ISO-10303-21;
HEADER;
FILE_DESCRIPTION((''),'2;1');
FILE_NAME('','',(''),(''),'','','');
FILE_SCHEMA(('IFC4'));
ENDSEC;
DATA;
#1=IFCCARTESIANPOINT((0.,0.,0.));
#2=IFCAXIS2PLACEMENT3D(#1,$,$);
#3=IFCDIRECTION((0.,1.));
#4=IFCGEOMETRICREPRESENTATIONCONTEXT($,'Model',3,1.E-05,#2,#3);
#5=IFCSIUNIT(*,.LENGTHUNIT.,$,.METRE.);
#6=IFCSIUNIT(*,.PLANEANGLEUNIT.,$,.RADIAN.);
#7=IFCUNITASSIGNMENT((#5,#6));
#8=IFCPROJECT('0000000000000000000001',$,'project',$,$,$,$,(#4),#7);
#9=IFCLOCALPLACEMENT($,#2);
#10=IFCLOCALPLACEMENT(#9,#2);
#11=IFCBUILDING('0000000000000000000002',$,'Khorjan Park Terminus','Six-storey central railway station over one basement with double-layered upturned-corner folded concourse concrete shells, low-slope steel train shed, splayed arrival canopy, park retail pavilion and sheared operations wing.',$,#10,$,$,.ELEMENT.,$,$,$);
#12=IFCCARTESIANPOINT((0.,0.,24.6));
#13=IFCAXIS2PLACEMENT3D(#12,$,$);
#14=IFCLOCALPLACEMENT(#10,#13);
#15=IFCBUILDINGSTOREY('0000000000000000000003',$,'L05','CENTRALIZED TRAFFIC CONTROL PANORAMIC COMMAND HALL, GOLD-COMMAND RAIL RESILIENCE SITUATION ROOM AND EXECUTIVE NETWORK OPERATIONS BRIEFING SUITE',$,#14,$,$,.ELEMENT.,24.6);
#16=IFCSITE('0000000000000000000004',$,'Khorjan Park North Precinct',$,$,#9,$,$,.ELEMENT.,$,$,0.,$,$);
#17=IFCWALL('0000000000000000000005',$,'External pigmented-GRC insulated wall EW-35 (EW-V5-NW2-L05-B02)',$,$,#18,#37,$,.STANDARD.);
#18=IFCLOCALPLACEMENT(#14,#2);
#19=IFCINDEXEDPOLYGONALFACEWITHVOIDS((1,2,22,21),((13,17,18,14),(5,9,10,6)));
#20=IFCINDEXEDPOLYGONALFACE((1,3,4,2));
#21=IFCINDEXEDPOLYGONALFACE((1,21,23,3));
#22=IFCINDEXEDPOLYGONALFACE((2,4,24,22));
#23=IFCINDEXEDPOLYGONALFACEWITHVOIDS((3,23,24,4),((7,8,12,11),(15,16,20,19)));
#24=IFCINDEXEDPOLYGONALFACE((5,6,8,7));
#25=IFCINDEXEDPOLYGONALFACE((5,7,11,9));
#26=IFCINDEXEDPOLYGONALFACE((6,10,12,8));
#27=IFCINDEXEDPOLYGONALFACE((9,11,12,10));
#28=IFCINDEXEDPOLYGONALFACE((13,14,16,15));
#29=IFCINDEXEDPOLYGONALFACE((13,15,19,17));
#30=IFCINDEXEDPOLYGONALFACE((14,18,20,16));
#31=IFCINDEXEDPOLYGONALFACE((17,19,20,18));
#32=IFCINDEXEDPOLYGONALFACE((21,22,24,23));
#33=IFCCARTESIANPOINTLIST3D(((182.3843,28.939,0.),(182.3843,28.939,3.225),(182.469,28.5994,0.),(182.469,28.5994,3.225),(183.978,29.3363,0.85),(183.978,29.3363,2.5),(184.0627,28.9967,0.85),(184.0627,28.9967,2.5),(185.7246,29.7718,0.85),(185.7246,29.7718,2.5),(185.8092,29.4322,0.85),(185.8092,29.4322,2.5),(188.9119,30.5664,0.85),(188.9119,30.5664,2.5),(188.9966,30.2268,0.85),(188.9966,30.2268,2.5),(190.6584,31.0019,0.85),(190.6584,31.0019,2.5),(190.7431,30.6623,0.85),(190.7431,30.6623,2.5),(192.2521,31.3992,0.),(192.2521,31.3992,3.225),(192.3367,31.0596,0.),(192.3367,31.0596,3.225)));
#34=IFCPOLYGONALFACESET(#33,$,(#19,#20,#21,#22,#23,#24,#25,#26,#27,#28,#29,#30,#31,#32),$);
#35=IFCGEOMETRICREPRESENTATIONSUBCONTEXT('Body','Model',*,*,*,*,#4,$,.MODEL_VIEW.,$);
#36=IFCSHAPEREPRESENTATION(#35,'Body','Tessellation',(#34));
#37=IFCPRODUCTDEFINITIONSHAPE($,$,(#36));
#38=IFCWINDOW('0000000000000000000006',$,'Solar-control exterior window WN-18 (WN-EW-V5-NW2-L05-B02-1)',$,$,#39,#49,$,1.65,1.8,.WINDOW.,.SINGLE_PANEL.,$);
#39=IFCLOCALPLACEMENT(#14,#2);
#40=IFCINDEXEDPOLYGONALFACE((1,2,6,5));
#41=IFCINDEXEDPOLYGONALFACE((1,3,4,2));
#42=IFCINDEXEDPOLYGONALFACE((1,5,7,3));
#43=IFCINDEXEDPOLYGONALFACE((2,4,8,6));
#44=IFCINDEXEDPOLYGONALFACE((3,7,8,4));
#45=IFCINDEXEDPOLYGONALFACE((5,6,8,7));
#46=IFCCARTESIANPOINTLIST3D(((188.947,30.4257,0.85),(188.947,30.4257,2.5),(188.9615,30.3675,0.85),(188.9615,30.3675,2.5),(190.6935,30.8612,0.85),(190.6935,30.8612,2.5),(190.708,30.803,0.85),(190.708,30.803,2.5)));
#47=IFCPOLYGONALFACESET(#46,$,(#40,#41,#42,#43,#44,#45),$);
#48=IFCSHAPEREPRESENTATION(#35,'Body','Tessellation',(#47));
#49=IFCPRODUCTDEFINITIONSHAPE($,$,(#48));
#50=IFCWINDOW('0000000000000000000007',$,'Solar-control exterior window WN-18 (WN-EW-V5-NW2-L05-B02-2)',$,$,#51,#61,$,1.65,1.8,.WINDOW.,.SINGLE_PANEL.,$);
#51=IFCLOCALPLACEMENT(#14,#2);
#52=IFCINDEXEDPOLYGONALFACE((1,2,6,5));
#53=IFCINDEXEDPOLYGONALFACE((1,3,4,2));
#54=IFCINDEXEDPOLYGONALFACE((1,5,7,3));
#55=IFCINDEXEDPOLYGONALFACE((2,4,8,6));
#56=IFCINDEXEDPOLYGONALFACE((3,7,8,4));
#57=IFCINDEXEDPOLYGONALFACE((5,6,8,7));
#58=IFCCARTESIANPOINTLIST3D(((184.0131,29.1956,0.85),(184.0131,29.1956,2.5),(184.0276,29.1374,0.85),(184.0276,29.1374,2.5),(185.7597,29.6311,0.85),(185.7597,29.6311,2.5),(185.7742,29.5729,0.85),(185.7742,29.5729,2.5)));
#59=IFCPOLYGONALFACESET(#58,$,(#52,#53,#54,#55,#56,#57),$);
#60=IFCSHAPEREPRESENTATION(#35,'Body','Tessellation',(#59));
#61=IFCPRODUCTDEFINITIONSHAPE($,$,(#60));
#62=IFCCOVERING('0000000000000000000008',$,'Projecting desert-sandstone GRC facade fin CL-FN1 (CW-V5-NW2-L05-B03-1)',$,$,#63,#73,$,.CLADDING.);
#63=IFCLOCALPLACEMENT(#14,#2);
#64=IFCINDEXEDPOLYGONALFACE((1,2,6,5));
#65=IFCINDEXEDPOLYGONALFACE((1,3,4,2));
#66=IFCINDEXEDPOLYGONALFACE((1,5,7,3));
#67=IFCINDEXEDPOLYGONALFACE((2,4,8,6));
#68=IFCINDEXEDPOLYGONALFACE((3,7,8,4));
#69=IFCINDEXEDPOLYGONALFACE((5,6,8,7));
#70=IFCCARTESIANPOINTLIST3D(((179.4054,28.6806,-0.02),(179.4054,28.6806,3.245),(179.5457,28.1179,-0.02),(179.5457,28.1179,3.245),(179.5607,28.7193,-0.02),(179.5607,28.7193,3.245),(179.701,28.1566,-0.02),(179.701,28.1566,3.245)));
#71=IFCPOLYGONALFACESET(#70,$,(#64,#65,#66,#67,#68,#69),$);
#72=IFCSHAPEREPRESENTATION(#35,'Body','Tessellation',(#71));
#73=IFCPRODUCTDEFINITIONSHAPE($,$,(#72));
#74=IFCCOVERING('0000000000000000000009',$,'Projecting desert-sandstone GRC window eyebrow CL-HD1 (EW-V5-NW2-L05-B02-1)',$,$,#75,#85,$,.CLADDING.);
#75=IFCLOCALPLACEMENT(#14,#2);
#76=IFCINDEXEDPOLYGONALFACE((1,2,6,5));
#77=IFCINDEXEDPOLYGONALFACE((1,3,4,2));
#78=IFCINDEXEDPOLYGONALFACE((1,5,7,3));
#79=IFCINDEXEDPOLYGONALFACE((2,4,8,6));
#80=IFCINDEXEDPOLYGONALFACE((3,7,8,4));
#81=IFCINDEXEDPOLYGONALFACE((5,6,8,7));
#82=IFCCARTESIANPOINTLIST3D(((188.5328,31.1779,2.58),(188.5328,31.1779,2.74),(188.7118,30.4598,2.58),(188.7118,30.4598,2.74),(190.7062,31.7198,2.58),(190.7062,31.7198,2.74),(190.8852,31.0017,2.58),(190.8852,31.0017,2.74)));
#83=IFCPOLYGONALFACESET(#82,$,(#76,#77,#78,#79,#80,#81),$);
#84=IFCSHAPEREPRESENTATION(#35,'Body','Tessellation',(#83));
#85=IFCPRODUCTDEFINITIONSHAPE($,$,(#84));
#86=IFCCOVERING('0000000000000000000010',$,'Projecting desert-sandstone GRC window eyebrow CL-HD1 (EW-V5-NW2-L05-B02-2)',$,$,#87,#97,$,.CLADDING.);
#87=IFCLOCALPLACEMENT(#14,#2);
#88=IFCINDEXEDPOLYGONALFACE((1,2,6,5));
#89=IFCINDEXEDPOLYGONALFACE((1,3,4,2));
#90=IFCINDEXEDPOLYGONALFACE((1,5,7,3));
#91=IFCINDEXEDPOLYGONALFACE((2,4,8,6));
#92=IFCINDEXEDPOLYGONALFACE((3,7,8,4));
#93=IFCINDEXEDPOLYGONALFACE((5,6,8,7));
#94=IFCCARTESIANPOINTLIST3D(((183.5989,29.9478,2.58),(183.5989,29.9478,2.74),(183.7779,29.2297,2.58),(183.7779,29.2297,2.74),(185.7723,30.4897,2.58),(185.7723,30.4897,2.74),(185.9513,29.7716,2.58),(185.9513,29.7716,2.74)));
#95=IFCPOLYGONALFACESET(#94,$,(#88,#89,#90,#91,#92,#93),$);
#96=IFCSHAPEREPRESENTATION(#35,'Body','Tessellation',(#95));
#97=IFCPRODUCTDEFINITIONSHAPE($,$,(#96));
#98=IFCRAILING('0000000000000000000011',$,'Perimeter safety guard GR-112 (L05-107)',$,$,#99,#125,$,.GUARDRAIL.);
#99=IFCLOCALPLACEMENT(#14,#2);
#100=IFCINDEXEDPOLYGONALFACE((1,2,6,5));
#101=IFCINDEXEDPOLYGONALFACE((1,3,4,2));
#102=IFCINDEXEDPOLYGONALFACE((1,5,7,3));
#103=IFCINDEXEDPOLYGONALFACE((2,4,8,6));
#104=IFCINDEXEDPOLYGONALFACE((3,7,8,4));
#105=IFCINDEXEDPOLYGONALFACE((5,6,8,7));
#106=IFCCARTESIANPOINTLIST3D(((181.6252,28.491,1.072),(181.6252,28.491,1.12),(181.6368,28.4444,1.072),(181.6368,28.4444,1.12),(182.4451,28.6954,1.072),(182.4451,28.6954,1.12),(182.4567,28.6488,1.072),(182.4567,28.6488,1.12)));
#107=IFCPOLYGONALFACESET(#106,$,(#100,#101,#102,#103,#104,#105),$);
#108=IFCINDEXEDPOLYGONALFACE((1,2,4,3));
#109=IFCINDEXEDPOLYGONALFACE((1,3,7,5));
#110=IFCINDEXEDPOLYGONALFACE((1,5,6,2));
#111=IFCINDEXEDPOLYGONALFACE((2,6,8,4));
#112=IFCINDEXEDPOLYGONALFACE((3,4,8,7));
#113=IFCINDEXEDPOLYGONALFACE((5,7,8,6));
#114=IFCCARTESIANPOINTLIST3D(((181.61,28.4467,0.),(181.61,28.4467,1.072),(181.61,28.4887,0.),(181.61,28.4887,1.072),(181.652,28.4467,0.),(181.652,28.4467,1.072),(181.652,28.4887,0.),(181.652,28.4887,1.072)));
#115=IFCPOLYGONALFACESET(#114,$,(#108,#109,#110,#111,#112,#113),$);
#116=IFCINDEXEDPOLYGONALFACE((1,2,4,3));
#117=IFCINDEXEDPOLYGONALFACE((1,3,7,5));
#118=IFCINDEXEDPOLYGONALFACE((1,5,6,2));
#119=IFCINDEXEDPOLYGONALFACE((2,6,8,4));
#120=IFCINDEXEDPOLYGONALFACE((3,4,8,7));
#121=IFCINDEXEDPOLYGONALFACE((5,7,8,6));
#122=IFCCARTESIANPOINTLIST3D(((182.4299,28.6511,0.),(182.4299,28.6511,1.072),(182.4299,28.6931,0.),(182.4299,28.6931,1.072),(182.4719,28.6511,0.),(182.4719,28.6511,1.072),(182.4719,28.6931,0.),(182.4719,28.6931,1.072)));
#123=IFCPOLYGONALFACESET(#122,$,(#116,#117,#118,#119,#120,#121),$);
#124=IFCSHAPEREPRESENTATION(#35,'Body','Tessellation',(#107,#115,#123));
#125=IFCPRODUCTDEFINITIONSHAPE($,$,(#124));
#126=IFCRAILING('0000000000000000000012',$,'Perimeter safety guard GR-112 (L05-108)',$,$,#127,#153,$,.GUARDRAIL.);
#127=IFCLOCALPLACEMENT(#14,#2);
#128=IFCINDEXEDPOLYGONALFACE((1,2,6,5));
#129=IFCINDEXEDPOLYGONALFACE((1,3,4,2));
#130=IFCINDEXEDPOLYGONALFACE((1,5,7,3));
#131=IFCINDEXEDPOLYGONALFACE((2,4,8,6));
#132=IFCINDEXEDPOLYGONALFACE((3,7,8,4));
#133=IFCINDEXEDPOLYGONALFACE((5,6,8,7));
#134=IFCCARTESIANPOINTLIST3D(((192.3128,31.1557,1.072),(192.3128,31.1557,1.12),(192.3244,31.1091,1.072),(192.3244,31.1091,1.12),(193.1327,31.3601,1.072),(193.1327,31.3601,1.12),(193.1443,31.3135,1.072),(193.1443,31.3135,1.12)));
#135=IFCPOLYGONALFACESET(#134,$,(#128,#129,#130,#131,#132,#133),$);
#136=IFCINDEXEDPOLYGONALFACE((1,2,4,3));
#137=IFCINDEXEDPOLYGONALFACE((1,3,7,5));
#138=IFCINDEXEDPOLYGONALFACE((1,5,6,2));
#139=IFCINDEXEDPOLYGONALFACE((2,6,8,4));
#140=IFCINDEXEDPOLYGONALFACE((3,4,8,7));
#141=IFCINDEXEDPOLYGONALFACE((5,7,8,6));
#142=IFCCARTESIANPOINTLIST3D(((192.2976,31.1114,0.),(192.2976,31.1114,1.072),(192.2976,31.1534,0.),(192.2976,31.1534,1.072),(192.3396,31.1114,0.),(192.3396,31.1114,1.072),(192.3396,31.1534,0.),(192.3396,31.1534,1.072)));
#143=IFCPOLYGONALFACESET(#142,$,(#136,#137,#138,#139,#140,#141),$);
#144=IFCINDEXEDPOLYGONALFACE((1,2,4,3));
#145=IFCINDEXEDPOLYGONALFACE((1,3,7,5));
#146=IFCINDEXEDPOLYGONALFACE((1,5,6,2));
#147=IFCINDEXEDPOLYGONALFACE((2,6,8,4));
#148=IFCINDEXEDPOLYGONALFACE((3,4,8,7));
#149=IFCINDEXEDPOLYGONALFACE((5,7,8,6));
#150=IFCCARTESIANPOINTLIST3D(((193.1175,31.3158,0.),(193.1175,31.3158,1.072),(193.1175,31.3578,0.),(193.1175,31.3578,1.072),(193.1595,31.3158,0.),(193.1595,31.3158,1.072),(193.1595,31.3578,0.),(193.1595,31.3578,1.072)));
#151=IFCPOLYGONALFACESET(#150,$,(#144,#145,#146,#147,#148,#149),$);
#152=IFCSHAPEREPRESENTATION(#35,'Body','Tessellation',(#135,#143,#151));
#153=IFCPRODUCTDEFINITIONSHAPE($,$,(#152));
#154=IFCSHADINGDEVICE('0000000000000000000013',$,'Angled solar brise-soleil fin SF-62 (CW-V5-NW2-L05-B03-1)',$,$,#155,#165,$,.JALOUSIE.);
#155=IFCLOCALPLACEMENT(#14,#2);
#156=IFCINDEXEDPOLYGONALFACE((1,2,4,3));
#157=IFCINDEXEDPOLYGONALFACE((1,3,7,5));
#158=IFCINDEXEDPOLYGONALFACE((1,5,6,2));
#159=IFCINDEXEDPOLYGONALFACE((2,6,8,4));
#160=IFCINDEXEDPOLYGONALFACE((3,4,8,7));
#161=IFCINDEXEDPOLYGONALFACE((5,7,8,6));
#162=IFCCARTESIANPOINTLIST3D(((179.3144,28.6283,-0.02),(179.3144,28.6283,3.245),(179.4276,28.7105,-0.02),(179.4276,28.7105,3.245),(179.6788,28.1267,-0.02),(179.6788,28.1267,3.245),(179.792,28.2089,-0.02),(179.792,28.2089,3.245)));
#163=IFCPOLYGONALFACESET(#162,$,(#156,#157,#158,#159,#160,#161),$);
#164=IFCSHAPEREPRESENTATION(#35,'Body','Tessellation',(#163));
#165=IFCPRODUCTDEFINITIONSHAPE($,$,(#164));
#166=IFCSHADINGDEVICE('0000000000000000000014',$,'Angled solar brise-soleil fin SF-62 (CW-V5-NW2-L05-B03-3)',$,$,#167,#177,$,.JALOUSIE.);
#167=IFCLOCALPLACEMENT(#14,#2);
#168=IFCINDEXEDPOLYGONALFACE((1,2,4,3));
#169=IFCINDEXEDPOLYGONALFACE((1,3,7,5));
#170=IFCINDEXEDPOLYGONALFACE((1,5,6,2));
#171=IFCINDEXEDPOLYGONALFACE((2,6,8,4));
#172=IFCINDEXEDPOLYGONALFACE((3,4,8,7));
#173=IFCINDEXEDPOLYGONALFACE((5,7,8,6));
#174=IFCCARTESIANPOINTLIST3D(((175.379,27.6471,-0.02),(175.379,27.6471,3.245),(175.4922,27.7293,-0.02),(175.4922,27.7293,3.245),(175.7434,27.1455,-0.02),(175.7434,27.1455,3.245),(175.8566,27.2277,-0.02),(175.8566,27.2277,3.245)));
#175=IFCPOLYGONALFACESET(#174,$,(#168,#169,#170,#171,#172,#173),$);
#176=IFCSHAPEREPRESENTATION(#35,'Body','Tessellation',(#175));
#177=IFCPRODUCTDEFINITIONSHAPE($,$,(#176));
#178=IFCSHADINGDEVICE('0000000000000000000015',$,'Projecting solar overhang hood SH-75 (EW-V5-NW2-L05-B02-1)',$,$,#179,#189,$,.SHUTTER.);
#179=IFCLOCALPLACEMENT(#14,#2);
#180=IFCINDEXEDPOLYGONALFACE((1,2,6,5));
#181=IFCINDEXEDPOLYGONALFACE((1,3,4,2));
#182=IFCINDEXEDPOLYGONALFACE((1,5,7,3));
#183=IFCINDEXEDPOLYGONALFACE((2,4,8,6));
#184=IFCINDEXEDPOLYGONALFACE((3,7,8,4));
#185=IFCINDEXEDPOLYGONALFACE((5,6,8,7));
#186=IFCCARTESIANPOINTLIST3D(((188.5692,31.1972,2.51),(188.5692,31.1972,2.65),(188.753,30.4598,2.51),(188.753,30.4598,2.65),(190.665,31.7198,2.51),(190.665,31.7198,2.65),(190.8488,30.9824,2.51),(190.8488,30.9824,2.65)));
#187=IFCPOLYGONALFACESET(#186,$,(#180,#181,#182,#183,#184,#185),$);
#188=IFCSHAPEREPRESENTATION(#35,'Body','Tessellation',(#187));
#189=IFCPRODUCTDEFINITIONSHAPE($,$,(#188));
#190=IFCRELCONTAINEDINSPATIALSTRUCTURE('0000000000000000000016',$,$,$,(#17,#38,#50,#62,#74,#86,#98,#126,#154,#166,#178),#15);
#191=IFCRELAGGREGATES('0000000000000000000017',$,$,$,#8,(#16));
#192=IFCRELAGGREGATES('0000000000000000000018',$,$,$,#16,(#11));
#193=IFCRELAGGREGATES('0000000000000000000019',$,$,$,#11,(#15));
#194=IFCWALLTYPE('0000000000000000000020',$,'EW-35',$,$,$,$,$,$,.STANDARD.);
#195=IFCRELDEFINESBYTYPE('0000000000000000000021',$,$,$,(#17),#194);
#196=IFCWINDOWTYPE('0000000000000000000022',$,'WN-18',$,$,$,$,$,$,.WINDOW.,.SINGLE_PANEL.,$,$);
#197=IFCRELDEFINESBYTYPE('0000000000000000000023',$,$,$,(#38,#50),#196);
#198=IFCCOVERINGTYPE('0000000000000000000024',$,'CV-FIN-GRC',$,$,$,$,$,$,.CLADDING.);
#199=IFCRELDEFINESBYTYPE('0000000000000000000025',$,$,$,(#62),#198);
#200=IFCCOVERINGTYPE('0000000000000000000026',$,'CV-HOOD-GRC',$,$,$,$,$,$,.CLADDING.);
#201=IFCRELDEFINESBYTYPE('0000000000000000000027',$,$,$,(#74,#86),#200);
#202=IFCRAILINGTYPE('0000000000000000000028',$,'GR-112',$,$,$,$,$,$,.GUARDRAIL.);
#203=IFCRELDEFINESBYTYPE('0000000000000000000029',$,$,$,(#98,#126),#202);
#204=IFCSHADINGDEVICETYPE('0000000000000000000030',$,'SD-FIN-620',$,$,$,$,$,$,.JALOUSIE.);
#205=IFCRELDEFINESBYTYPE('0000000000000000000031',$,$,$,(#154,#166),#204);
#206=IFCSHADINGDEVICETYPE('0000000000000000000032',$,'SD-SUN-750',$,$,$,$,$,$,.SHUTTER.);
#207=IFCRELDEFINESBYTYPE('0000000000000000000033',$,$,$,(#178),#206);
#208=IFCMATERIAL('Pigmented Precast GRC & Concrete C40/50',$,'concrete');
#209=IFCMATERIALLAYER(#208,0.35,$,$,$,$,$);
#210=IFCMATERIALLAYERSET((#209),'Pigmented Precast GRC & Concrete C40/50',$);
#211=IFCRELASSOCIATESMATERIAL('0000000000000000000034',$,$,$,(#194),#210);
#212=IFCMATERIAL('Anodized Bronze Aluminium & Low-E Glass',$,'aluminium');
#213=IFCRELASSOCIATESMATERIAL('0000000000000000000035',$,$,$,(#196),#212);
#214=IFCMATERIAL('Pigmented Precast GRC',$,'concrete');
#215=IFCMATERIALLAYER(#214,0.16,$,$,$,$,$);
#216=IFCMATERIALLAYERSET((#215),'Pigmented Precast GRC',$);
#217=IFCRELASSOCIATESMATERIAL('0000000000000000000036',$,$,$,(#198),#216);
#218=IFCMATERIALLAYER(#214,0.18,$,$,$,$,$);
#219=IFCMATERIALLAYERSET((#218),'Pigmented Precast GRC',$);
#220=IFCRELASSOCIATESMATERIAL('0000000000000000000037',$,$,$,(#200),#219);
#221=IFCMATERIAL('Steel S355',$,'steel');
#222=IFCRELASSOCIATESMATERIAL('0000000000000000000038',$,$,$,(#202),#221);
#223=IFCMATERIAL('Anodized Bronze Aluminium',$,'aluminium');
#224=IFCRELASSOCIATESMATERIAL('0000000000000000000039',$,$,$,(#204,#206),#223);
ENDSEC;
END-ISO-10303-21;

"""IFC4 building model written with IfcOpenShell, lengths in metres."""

from ifc_helpers import new_model, si_unit, direction, frame, frame_2d, origin, origin_2d, place, context, subcontext, project, spatial, rectangle, extrude, material, layer, layer_set, type_object, element, fill, save


model = new_model("IFC4")

# Units and contexts
model_context = context("Model", 3, precision=1e-05, world=origin(), true_north=direction((0.0, 1.0)))
body_context = subcontext(model_context, "Body", "Model", "MODEL_VIEW")
ifc_project = project(units=[si_unit("LENGTHUNIT", "METRE"), si_unit("PLANEANGLEUNIT", "RADIAN")], contexts=[model_context])

# Site, building, storey
site_placement = place(None, origin())
site = spatial("IfcSite", under=ifc_project, at=site_placement, Name="Khorjan Park North Precinct", CompositionType="ELEMENT", RefElevation=0.0)
building_placement = place(site_placement, origin())
building = spatial("IfcBuilding", under=site, at=building_placement, Name="Khorjan Park Terminus", Description="Six-storey central railway station over one basement with double-layered upturned-corner folded concourse concrete shells, low-slope steel train shed, splayed arrival canopy, park retail pavilion and sheared operations wing.", CompositionType="ELEMENT")
storey_placement = place(building_placement, frame((0.0, 0.0, 24.6)))
storey = spatial("IfcBuildingStorey", under=building, at=storey_placement, Name="L05", Description="CENTRALIZED TRAFFIC CONTROL PANORAMIC COMMAND HALL, GOLD-COMMAND RAIL RESILIENCE SITUATION ROOM AND EXECUTIVE NETWORK OPERATIONS BRIEFING SUITE", CompositionType="ELEMENT", Elevation=24.6)

# Shared definitions
ifc_material_1 = material(Name="Steel S355", Category="steel")

# Shared definitions
ifc_material_2 = material(Name="Anodized Bronze Aluminium", Category="aluminium")

# Wall, openings, windows
ifc_material_3 = material(Name="Pigmented Precast GRC & Concrete C40/50", Category="concrete")
ifc_layer_1 = layer(ifc_material_3, 0.35)
ifc_layer_set_1 = layer_set([ifc_layer_1], Name="Pigmented Precast GRC & Concrete C40/50")
wall_type = type_object("IfcWallType", Name="EW-35", PredefinedType="STANDARD", material=ifc_layer_set_1)
wall_placement = place(storey_placement, frame((192.2944, 31.2294, 0.0), z_axis=(0.0, 0.0, 1.0), x_axis=(-0.970298, -0.241913, 0.0)))
wall = element("IfcWall", 1, at=wall_placement, inside=storey, type_object=wall_type, Name="External pigmented-GRC insulated wall EW-35 (EW-V5-NW2-L05-B02)", PredefinedType="STANDARD", context=body_context, shape_type="SweptSolid", body=[
    extrude(rectangle(XDim=10.1698, YDim=0.35, at=frame_2d((5.0849, 0.0))), origin(), (0.0, 0.0, 1.0), 3.225),
])
opening_1_placement = place(wall_placement, frame((1.6424, 0.0, 0.85)))
opening_1 = element("IfcOpeningElement", 2, at=opening_1_placement, cuts=wall, PredefinedType="OPENING", context=body_context, shape_type="SweptSolid", body=[
    extrude(rectangle(XDim=1.8, YDim=1.65, at=frame_2d((0.9, 0.825))), frame((0.0, 0.185, 0.0), z_axis=(0.0, -1.0, 0.0), x_axis=(1.0, 0.0, 0.0)), (0.0, 0.0, 1.0), 0.37),
])
opening_2_placement = place(wall_placement, frame((6.7273, 0.0, 0.85)))
opening_2 = element("IfcOpeningElement", 3, at=opening_2_placement, cuts=wall, PredefinedType="OPENING", context=body_context, shape_type="SweptSolid", body=[
    extrude(rectangle(XDim=1.8, YDim=1.65, at=frame_2d((0.9, 0.825))), frame((0.0, 0.185, 0.0), z_axis=(0.0, -1.0, 0.0), x_axis=(1.0, 0.0, 0.0)), (0.0, 0.0, 1.0), 0.37),
])
ifc_material_4 = material(Name="Anodized Bronze Aluminium & Low-E Glass", Category="aluminium")
window_type = type_object("IfcWindowType", Name="WN-18", PartitioningType="SINGLE_PANEL", PredefinedType="WINDOW", material=ifc_material_4)
window_1_placement = place(opening_1_placement, origin())
window_1 = element("IfcWindow", 4, at=window_1_placement, inside=storey, type_object=window_type, Name="Solar-control exterior window WN-18 (WN-EW-V5-NW2-L05-B02-1)", OverallHeight=1.65, OverallWidth=1.8, PartitioningType="SINGLE_PANEL", PredefinedType="WINDOW", context=body_context, shape_type="SweptSolid", body=[
    extrude(rectangle(XDim=1.8, YDim=1.65, at=frame_2d((0.9, 0.825))), frame((0.0, 0.03, 0.0), z_axis=(0.0, -1.0, 0.0), x_axis=(1.0, 0.0, 0.0)), (0.0, 0.0, 1.0), 0.06),
])
fill(opening_1, window_1)
window_2_placement = place(opening_2_placement, origin())
window_2 = element("IfcWindow", 5, at=window_2_placement, inside=storey, type_object=window_type, Name="Solar-control exterior window WN-18 (WN-EW-V5-NW2-L05-B02-2)", OverallHeight=1.65, OverallWidth=1.8, PartitioningType="SINGLE_PANEL", PredefinedType="WINDOW", context=body_context, shape_type="SweptSolid", body=[
    extrude(rectangle(XDim=1.8, YDim=1.65, at=frame_2d((0.9, 0.825))), frame((0.0, 0.03, 0.0), z_axis=(0.0, -1.0, 0.0), x_axis=(1.0, 0.0, 0.0)), (0.0, 0.0, 1.0), 0.06),
])
fill(opening_2, window_2)

# Coverings
ifc_material_5 = material(Name="Pigmented Precast GRC", Category="concrete")
ifc_layer_2 = layer(ifc_material_5, 0.16)
ifc_layer_set_2 = layer_set([ifc_layer_2], Name="Pigmented Precast GRC")
covering_type_1 = type_object("IfcCoveringType", Name="CV-FIN-GRC", PredefinedType="CLADDING", material=ifc_layer_set_2)
covering_placement = place(storey_placement, frame((179.5532, 28.4186, -0.02), z_axis=(0.0, 0.0, 1.0), x_axis=(0.241922, -0.970296, 0.0)))
element("IfcCovering", 6, at=covering_placement, inside=storey, type_object=covering_type_1, Name="Projecting desert-sandstone GRC facade fin CL-FN1 (CW-V5-NW2-L05-B03-1)", PredefinedType="CLADDING", context=body_context, shape_type="SweptSolid", body=[
    extrude(rectangle(XDim=0.58, YDim=0.16, at=origin_2d()), origin(), (0.0, 0.0, 1.0), 3.265),
])
ifc_layer_3 = layer(ifc_material_5, 0.18)
ifc_layer_set_3 = layer_set([ifc_layer_3], Name="Pigmented Precast GRC")
covering_type_2 = type_object("IfcCoveringType", Name="CV-HOOD-GRC", PredefinedType="CLADDING", material=ifc_layer_set_3)
for number, where, z_axis, x_axis, name in (
    (7, (189.709, 31.0898, 2.58), (0.0, 0.0, 1.0), (-0.970298, -0.241913, 0.0), "Projecting desert-sandstone GRC window eyebrow CL-HD1 (EW-V5-NW2-L05-B02-1)"),
    (8, (184.7751, 29.8597, 2.58), (0.0, 0.0, 1.0), (-0.970298, -0.241913, 0.0), "Projecting desert-sandstone GRC window eyebrow CL-HD1 (EW-V5-NW2-L05-B02-2)"),
):
    element("IfcCovering", number, at=place(storey_placement, frame(where, z_axis=z_axis, x_axis=x_axis)), inside=storey, type_object=covering_type_2, Name=name, PredefinedType="CLADDING", context=body_context, shape_type="SweptSolid", body=[
        extrude(rectangle(XDim=2.24, YDim=0.74, at=origin_2d()), origin(), (0.0, 0.0, 1.0), 0.16),
    ])

# Railings
railing_type = type_object("IfcRailingType", Name="GR-112", PredefinedType="GUARDRAIL", material=ifc_material_1)
for number, where, name in (
    (9, (181.631, 28.4677, 0.0), "Perimeter safety guard GR-112 (L05-107)"),
    (10, (192.3186, 31.1324, 0.0), "Perimeter safety guard GR-112 (L05-108)"),
):
    element("IfcRailing", number, at=place(storey_placement, frame(where)), inside=storey, type_object=railing_type, Name=name, PredefinedType="GUARDRAIL", context=body_context, shape_type="SweptSolid", body=[
        extrude(rectangle(XDim=0.048, YDim=0.048, at=origin_2d()), frame((0.0, 0.0, 1.096), z_axis=(0.970302, 0.241895, 0.0), x_axis=(-0.241895, 0.970302, 0.0)), (0.0, 0.0, 1.0), 0.845),
        extrude(rectangle(XDim=0.042, YDim=0.042, at=origin_2d()), origin(), (0.0, 0.0, 1.0), 1.072),
        extrude(rectangle(XDim=0.042, YDim=0.042, at=origin_2d()), frame((0.8199, 0.2044, 0.0)), (0.0, 0.0, 1.0), 1.072),
    ])

# Shading devices
shading_device_type_1 = type_object("IfcShadingDeviceType", Name="SD-FIN-620", PredefinedType="JALOUSIE", material=ifc_material_2)
for number, where, z_axis, x_axis, name in (
    (11, (179.5532, 28.4186, -0.02), (0.0, 0.0, 1.0), (0.587785, -0.809017, 0.0), "Angled solar brise-soleil fin SF-62 (CW-V5-NW2-L05-B03-1)"),
    (12, (175.6178, 27.4374, -0.02), (0.0, 0.0, 1.0), (0.587785, -0.809017, 0.0), "Angled solar brise-soleil fin SF-62 (CW-V5-NW2-L05-B03-3)"),
):
    element("IfcShadingDevice", number, at=place(storey_placement, frame(where, z_axis=z_axis, x_axis=x_axis)), inside=storey, type_object=shading_device_type_1, Name=name, PredefinedType="JALOUSIE", context=body_context, shape_type="SweptSolid", body=[
        extrude(rectangle(XDim=0.62, YDim=0.14, at=origin_2d()), origin(), (0.0, 0.0, 1.0), 3.265),
    ])
shading_device_type_2 = type_object("IfcShadingDeviceType", Name="SD-SUN-750", PredefinedType="SHUTTER", material=ifc_material_2)
for number, where, z_axis, x_axis, name in (
    (13, (189.709, 31.0898, 2.51), (0.0, 0.0, 1.0), (-0.970298, -0.241913, 0.0), "Projecting solar overhang hood SH-75 (EW-V5-NW2-L05-B02-1)"),
):
    element("IfcShadingDevice", number, at=place(storey_placement, frame(where, z_axis=z_axis, x_axis=x_axis)), inside=storey, type_object=shading_device_type_2, Name=name, PredefinedType="SHUTTER", context=body_context, shape_type="SweptSolid", body=[
        extrude(rectangle(XDim=2.16, YDim=0.76, at=origin_2d()), origin(), (0.0, 0.0, 1.0), 0.14),
    ])

save(model, "model.ifc")
